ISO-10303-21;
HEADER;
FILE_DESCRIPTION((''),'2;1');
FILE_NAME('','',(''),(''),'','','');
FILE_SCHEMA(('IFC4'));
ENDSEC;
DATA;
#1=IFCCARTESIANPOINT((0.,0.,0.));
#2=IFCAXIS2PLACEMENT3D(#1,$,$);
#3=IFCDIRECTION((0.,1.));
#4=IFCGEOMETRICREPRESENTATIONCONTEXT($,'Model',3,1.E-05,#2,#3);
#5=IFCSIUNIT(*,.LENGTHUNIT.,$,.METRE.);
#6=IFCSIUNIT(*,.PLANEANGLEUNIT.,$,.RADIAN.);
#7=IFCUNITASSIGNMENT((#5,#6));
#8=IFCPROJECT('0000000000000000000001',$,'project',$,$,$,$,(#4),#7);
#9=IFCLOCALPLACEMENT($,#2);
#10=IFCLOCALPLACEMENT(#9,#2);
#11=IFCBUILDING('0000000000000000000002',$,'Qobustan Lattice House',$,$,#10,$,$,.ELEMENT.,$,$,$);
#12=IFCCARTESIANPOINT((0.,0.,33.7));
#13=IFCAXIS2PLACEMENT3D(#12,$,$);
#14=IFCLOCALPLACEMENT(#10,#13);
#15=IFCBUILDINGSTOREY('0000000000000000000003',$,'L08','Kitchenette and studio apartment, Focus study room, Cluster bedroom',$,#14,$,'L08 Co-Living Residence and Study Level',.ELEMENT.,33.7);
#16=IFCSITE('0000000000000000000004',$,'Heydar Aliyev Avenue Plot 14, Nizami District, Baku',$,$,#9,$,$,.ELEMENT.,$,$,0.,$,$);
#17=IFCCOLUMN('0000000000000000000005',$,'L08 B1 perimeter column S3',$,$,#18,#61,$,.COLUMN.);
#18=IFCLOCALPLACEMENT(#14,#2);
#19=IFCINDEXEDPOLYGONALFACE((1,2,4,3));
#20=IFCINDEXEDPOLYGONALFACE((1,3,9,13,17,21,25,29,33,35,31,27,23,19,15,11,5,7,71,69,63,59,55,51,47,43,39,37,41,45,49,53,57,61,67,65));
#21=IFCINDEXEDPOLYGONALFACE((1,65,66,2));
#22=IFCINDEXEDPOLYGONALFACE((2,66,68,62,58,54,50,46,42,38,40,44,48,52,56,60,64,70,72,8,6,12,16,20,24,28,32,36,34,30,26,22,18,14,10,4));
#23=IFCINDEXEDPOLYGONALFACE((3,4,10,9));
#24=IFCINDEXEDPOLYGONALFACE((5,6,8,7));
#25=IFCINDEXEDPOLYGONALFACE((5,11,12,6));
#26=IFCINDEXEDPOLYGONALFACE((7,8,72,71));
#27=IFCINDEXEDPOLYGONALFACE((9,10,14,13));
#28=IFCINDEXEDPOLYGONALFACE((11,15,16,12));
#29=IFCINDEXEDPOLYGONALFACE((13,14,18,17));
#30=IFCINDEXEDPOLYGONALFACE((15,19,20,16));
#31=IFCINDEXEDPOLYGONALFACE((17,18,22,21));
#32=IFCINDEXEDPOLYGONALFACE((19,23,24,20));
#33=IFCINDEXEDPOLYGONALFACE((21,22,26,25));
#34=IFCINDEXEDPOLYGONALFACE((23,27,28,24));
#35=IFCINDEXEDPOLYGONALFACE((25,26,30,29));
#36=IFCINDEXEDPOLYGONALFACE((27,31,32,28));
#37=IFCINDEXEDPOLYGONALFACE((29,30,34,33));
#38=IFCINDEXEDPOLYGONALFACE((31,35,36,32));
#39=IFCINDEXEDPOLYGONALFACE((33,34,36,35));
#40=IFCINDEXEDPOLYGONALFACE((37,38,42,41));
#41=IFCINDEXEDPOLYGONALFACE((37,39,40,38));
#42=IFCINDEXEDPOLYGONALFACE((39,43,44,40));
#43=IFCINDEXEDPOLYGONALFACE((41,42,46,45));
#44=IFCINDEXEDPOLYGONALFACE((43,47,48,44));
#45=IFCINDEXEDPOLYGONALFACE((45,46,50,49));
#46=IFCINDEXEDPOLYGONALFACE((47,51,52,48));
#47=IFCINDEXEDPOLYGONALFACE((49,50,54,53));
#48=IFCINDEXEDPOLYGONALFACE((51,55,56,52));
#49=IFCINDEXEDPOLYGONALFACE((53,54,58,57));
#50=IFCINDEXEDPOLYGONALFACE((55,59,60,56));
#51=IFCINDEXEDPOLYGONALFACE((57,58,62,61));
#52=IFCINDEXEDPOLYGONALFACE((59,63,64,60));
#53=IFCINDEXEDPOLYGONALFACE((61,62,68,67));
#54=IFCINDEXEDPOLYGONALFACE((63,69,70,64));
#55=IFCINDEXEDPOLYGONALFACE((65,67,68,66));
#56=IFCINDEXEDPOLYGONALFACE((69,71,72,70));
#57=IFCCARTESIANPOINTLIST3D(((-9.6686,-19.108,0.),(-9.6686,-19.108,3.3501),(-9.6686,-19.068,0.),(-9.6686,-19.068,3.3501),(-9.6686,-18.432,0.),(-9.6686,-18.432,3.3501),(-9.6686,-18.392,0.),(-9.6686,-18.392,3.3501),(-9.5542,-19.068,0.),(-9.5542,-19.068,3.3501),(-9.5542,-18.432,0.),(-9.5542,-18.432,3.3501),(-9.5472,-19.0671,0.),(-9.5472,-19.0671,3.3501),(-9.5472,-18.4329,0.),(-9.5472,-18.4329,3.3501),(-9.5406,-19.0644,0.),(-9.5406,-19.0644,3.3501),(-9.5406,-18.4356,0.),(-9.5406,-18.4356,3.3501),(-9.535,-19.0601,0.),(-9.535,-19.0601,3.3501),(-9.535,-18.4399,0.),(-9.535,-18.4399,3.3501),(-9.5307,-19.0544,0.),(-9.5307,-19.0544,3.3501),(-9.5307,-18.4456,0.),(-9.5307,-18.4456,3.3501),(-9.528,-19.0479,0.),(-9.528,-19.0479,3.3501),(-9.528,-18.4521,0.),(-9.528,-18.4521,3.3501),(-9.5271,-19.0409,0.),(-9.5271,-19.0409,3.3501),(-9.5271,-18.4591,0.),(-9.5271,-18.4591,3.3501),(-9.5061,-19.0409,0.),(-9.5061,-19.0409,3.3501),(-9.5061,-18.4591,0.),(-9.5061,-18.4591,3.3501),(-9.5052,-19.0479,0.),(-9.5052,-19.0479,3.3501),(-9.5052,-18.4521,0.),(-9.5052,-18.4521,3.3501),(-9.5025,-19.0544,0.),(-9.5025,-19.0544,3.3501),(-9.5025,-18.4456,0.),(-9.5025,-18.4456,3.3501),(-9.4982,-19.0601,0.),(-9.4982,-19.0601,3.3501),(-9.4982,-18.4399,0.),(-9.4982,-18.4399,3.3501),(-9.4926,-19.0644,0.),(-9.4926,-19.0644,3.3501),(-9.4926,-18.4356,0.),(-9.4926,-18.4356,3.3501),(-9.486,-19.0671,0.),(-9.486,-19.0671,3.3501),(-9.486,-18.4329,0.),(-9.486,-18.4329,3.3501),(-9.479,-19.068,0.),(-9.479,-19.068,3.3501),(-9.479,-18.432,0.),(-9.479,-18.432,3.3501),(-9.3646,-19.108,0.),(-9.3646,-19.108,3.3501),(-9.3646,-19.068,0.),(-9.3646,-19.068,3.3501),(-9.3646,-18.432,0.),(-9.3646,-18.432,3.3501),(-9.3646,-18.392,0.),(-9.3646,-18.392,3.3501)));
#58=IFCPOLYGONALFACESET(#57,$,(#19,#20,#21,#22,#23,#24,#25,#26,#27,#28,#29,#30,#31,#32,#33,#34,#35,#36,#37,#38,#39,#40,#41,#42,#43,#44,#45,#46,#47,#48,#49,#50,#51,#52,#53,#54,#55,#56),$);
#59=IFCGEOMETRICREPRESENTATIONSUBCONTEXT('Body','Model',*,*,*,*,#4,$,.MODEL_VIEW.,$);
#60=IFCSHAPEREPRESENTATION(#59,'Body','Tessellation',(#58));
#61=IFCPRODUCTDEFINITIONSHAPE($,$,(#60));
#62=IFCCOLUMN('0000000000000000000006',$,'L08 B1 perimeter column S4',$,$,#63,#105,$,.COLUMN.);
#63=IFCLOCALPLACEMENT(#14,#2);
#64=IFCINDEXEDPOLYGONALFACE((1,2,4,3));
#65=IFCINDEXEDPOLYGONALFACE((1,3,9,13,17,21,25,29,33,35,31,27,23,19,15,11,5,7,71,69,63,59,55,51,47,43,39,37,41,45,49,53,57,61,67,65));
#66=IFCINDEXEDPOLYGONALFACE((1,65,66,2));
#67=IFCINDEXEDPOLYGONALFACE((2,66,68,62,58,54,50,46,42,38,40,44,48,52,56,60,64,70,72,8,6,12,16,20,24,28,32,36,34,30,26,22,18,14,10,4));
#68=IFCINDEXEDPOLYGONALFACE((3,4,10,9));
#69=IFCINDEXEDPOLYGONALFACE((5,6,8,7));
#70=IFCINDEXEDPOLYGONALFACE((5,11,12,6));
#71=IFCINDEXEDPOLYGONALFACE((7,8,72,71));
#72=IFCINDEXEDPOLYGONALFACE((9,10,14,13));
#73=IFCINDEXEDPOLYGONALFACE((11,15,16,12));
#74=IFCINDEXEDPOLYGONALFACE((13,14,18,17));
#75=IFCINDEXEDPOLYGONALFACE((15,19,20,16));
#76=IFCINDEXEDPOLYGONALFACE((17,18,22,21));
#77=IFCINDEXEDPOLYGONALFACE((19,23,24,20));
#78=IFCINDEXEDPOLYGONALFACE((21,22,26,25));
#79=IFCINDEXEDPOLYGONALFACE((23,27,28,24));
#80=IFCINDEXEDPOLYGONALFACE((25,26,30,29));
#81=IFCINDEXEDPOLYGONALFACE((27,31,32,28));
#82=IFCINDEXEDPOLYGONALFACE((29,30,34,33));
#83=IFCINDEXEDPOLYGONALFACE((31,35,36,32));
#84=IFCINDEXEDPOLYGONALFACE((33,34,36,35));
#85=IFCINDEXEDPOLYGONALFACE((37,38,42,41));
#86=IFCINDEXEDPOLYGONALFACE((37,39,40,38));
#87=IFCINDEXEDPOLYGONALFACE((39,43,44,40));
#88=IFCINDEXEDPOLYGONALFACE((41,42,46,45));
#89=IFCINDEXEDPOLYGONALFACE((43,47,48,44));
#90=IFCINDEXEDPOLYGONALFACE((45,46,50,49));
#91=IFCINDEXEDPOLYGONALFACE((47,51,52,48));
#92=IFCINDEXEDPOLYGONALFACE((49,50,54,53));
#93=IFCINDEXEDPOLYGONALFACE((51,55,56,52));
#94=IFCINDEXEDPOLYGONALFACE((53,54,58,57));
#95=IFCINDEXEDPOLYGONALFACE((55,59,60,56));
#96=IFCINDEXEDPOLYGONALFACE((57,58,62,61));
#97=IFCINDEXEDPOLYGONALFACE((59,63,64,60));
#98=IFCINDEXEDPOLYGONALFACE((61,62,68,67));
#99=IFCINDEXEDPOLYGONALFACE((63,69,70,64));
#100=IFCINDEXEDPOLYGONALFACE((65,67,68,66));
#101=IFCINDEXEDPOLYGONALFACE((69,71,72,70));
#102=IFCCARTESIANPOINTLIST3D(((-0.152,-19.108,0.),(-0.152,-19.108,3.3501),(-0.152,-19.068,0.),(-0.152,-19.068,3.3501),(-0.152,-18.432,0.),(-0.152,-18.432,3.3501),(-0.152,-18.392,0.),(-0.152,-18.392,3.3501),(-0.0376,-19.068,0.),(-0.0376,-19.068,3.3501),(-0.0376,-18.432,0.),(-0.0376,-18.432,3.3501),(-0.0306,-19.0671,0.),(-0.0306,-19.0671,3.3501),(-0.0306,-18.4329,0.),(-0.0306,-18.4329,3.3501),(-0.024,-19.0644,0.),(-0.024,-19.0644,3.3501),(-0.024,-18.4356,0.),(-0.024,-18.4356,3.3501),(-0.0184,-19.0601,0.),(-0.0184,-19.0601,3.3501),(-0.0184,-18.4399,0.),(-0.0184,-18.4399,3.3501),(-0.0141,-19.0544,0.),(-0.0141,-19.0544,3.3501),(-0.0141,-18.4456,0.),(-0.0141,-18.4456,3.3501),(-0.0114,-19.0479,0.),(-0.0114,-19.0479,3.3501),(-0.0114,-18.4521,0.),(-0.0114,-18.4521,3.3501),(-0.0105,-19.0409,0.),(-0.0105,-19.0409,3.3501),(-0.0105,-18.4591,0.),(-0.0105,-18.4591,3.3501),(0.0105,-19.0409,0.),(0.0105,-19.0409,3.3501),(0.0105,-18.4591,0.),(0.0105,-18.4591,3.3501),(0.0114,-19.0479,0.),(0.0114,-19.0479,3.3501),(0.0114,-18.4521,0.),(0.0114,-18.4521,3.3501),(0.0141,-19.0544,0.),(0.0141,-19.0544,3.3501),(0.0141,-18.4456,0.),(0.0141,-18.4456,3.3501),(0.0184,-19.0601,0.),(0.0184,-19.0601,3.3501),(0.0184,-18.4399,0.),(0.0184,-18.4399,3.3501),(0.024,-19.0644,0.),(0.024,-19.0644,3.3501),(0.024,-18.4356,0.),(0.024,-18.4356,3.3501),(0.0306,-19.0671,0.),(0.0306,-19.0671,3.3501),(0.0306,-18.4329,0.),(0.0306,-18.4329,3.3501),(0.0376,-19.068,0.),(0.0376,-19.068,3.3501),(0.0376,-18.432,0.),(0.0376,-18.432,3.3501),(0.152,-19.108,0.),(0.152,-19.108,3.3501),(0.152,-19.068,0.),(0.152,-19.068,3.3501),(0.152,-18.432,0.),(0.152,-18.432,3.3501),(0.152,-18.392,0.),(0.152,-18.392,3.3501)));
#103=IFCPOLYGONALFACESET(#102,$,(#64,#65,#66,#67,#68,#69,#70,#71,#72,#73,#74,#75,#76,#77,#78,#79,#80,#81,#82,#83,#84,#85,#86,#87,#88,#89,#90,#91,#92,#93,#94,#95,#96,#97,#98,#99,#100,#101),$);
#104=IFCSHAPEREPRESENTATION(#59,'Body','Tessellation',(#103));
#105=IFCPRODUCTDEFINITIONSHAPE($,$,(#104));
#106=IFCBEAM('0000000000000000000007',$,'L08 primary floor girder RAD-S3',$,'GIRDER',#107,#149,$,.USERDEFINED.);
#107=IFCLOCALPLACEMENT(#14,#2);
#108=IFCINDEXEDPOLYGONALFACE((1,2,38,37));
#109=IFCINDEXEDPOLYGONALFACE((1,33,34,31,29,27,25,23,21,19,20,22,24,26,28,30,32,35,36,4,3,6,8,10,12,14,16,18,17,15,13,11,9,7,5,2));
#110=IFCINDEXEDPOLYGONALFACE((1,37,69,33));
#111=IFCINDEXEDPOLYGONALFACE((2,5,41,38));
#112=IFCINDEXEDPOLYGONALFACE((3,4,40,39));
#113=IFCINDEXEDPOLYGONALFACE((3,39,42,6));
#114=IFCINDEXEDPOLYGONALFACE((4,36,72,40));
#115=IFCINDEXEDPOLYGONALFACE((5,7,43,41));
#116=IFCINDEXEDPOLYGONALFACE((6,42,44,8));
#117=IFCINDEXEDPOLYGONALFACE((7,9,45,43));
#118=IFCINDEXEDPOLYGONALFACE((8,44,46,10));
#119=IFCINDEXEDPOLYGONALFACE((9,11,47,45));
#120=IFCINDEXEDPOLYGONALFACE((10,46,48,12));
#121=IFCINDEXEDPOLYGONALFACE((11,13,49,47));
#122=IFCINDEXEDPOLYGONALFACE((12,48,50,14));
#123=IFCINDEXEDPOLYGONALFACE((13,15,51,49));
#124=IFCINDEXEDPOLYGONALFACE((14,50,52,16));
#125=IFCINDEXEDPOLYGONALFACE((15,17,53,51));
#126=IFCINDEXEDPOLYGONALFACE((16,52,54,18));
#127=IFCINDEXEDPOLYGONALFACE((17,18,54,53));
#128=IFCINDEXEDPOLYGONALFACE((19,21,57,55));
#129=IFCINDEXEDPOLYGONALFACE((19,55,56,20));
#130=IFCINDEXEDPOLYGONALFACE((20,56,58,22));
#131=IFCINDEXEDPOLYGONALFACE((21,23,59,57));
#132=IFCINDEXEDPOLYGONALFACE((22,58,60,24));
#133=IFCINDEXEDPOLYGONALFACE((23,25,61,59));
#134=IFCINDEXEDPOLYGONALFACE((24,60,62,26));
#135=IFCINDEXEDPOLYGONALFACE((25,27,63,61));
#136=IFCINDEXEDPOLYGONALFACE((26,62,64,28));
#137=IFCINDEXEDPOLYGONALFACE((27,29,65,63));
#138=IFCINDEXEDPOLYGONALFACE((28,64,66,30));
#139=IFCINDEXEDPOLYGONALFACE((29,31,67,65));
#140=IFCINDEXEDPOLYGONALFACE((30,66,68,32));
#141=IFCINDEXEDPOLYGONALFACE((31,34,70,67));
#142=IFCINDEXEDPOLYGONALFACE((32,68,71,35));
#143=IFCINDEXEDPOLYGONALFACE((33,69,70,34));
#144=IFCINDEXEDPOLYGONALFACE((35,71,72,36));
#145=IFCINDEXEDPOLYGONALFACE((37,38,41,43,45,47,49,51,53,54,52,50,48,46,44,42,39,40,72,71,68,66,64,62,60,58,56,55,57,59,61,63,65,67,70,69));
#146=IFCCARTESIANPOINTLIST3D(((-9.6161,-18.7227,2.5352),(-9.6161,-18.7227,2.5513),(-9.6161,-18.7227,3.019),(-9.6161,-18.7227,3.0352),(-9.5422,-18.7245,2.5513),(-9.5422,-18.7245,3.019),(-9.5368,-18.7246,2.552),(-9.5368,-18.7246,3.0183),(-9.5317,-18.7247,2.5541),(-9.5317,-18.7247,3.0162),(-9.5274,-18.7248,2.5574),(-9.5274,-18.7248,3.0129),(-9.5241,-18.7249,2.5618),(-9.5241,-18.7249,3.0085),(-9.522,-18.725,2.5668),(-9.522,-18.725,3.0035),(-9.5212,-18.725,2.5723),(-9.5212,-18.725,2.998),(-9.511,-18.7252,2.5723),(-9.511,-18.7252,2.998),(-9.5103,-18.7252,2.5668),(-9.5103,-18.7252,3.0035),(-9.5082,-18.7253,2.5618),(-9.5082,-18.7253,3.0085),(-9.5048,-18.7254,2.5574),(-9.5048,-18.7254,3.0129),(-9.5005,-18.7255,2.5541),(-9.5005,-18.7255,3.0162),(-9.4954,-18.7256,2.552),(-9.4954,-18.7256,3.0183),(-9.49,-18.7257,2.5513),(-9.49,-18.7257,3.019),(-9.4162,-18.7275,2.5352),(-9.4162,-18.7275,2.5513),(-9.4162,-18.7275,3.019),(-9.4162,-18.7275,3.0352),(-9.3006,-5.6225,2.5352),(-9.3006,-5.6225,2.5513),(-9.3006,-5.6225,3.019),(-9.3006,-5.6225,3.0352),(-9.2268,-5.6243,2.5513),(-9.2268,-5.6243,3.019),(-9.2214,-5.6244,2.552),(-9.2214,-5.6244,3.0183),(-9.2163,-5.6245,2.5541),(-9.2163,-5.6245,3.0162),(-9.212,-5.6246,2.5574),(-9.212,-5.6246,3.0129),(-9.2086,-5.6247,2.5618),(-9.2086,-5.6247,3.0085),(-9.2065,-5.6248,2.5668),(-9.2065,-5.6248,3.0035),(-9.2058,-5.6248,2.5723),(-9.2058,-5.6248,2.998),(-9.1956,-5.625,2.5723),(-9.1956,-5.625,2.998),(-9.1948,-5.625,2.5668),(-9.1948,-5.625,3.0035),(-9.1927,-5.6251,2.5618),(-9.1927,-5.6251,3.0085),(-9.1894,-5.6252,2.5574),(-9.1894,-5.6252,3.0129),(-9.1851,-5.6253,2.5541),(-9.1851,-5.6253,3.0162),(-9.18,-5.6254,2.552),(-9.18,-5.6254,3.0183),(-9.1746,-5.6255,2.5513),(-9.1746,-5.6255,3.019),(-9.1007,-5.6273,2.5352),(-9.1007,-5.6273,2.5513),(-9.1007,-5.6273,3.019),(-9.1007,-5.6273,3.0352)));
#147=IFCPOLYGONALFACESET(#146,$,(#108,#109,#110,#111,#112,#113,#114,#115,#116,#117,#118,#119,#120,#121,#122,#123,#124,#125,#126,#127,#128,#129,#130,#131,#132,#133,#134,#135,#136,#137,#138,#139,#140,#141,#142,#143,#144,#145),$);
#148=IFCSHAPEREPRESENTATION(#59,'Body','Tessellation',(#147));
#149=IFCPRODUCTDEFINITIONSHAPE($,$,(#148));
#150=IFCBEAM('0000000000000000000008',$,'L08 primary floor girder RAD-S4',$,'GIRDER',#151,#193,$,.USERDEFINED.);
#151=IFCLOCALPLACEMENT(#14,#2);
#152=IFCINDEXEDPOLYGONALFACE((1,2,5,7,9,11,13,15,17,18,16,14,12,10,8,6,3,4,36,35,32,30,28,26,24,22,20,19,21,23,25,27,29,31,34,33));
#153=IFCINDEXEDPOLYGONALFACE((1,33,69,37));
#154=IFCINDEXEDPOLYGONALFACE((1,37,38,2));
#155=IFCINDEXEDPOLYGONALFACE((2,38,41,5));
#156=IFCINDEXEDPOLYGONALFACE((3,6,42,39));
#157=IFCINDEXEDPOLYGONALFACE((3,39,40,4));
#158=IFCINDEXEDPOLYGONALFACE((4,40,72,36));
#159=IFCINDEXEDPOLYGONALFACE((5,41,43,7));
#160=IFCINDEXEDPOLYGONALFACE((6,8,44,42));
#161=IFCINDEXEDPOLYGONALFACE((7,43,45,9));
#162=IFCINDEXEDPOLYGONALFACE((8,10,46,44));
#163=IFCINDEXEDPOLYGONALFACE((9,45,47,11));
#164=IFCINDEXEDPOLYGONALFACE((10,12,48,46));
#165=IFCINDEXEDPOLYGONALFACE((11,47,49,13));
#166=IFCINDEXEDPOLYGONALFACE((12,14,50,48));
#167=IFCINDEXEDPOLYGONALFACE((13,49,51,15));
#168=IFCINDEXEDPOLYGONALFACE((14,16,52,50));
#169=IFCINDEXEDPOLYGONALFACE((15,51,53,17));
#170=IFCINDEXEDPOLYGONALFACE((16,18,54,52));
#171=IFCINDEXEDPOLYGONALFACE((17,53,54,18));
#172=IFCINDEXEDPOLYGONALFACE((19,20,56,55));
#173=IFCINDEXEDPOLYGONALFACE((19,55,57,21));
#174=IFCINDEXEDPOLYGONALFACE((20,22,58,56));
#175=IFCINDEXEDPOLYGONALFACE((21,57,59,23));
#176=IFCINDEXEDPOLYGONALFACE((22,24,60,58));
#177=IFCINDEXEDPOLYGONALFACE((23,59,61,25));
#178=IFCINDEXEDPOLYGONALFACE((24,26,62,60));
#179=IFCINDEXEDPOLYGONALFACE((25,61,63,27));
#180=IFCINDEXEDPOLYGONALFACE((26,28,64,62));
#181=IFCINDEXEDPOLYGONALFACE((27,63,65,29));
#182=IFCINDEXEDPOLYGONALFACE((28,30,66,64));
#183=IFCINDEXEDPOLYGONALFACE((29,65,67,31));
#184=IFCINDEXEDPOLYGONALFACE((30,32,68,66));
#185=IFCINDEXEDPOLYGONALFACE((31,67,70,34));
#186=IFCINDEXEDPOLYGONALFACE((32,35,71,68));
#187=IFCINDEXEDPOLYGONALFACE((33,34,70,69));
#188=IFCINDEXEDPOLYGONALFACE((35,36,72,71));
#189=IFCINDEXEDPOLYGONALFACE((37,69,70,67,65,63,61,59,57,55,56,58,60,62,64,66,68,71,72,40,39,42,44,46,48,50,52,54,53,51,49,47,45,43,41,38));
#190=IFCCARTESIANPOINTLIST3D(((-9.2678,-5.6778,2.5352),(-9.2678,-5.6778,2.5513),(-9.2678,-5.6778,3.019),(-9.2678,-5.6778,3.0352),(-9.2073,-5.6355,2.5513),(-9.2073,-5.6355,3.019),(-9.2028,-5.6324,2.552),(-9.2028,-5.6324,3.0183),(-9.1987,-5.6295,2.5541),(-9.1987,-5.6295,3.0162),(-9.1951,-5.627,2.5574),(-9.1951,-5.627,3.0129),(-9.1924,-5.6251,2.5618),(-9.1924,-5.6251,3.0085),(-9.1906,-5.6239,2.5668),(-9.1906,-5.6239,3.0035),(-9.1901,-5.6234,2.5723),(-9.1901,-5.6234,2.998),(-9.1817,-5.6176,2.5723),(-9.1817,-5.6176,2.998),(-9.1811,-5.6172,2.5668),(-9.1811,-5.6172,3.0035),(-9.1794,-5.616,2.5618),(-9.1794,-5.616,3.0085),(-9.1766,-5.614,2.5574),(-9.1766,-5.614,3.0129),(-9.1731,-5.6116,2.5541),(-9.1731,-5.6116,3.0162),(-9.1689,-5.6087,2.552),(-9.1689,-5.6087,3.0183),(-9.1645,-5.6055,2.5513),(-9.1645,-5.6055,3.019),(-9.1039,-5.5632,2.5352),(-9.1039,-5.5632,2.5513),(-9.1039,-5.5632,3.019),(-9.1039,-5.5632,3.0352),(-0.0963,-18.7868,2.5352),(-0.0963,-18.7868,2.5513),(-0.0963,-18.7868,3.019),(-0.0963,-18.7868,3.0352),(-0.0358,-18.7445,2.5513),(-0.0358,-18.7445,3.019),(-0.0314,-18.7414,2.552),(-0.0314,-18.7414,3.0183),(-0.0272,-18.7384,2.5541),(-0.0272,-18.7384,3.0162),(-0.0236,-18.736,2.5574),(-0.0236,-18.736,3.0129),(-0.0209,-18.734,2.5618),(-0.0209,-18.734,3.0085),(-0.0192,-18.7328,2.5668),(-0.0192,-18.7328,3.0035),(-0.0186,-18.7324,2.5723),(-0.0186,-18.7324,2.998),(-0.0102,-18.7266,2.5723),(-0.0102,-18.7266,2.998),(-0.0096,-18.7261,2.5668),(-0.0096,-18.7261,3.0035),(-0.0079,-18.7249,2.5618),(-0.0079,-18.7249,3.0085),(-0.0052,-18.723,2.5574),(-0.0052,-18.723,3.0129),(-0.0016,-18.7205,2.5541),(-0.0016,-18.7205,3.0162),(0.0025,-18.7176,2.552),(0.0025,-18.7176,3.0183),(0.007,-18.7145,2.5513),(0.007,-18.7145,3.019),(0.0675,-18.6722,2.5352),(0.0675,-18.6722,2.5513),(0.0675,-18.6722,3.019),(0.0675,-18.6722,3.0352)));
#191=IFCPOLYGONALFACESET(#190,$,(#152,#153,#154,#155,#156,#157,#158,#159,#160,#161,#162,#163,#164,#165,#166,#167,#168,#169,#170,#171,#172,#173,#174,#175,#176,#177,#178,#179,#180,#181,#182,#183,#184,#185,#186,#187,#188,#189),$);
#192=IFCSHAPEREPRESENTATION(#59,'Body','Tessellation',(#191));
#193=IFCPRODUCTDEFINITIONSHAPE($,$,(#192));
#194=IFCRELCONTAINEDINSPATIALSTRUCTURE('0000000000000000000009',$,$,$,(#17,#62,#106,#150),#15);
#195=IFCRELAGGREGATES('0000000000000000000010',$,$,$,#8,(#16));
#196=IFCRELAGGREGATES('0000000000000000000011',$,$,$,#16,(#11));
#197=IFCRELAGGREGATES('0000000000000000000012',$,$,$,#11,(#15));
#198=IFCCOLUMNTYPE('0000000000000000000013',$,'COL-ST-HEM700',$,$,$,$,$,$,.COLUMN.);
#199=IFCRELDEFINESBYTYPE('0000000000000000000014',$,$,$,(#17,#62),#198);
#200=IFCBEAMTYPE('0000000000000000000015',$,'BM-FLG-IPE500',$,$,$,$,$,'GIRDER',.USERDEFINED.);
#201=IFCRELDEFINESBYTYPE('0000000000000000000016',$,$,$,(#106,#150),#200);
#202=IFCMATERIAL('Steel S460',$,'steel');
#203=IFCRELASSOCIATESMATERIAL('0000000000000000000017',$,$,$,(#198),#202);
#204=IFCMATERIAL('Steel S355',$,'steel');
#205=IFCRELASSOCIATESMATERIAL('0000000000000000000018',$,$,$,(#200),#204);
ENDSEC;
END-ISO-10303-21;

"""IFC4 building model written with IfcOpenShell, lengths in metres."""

from ifc_helpers import new_model, si_unit, direction, frame, origin, origin_2d, place, context, subcontext, project, spatial, i_section, extrude, material, material_profile, profile_set, type_object, element, save


model = new_model("IFC4")

# Units and contexts
model_context = context("Model", 3, precision=1e-05, world=origin(), true_north=direction((0.0, 1.0)))
body_context = subcontext(model_context, "Body", "Model", "MODEL_VIEW")
ifc_project = project(units=[si_unit("LENGTHUNIT", "METRE"), si_unit("PLANEANGLEUNIT", "RADIAN")], contexts=[model_context])

# Site, building, storey
site_placement = place(None, origin())
site = spatial("IfcSite", under=ifc_project, at=site_placement, Name="Heydar Aliyev Avenue Plot 14, Nizami District, Baku", CompositionType="ELEMENT", RefElevation=0.0)
building_placement = place(site_placement, origin())
building = spatial("IfcBuilding", under=site, at=building_placement, Name="Qobustan Lattice House", CompositionType="ELEMENT")
storey_placement = place(building_placement, frame((0.0, 0.0, 33.7)))
storey = spatial("IfcBuildingStorey", under=building, at=storey_placement, Name="L08", Description="Kitchenette and studio apartment, Focus study room, Cluster bedroom", LongName="L08 Co-Living Residence and Study Level", CompositionType="ELEMENT", Elevation=33.7)

# Columns
ifc_material_1 = material(Name="Steel S460", Category="steel")
ifc_material_profile_1 = material_profile(ifc_material_1, i_section(OverallWidth=0.304, OverallDepth=0.7161, WebThickness=0.021, FlangeThickness=0.04, FilletRadius=0.0271, at=origin_2d()), Name="HEM700")
ifc_profile_set_1 = profile_set([ifc_material_profile_1], Name="Steel S460")
column_type = type_object("IfcColumnType", Name="COL-ST-HEM700", PredefinedType="COLUMN", material=ifc_profile_set_1)
for number, where, z_axis, x_axis, name in (
    (1, (-9.5166, -18.75, 0.0), (0.0, 0.0, 1.0), (1.0, 0.0, 0.0), "L08 B1 perimeter column S3"),
    (2, (0.0, -18.75, 0.0), (0.0, 0.0, 1.0), (1.0, 0.0, 0.0), "L08 B1 perimeter column S4"),
):
    element("IfcColumn", number, at=place(storey_placement, frame(where, z_axis=z_axis, x_axis=x_axis)), inside=storey, type_object=column_type, Name=name, PredefinedType="COLUMN", context=body_context, shape_type="SweptSolid", body=[
        extrude(i_section(OverallWidth=0.304, OverallDepth=0.7161, WebThickness=0.021, FlangeThickness=0.04, FilletRadius=0.0271, at=origin_2d()), origin(), (0.0, 0.0, 1.0), 3.3501),
    ])

# Beams
ifc_material_2 = material(Name="Steel S355", Category="steel")
ifc_material_profile_2 = material_profile(ifc_material_2, i_section(OverallWidth=0.2, OverallDepth=0.5, WebThickness=0.0103, FlangeThickness=0.0161, FilletRadius=0.021, at=origin_2d()), Name="IPE500")
ifc_profile_set_2 = profile_set([ifc_material_profile_2], Name="Steel S355")
beam_type_1 = type_object("IfcBeamType", Name="BM-FLG-IPE500", ElementType="GIRDER", PredefinedType="USERDEFINED", material=ifc_profile_set_2)
beam_1_placement = place(storey_placement, frame((-9.5161, -18.7251, 2.7852), z_axis=(0.024071, 0.99971, 0.0), x_axis=(-0.99971, 0.024071, 0.0)))
element("IfcBeam", 3, at=beam_1_placement, inside=storey, type_object=beam_type_1, Name="L08 primary floor girder RAD-S3", ObjectType="GIRDER", PredefinedType="USERDEFINED", context=body_context, shape_type="SweptSolid", body=[
    extrude(i_section(OverallWidth=0.2, OverallDepth=0.5, WebThickness=0.0103, FlangeThickness=0.0161, FilletRadius=0.021, at=origin_2d()), origin(), (0.0, 0.0, 1.0), 13.104),
])
beam_2_placement = place(storey_placement, frame((-0.0144, -18.7295, 2.7852), z_axis=(-0.57326, 0.819374, 0.0), x_axis=(-0.819374, -0.57326, 0.0)))
element("IfcBeam", 4, at=beam_2_placement, inside=storey, type_object=beam_type_1, Name="L08 primary floor girder RAD-S4", ObjectType="GIRDER", PredefinedType="USERDEFINED", context=body_context, shape_type="SweptSolid", body=[
    extrude(i_section(OverallWidth=0.2, OverallDepth=0.5, WebThickness=0.0103, FlangeThickness=0.0161, FilletRadius=0.021, at=origin_2d()), origin(), (0.0, 0.0, 1.0), 15.9988),
])

save(model, "model.ifc")
